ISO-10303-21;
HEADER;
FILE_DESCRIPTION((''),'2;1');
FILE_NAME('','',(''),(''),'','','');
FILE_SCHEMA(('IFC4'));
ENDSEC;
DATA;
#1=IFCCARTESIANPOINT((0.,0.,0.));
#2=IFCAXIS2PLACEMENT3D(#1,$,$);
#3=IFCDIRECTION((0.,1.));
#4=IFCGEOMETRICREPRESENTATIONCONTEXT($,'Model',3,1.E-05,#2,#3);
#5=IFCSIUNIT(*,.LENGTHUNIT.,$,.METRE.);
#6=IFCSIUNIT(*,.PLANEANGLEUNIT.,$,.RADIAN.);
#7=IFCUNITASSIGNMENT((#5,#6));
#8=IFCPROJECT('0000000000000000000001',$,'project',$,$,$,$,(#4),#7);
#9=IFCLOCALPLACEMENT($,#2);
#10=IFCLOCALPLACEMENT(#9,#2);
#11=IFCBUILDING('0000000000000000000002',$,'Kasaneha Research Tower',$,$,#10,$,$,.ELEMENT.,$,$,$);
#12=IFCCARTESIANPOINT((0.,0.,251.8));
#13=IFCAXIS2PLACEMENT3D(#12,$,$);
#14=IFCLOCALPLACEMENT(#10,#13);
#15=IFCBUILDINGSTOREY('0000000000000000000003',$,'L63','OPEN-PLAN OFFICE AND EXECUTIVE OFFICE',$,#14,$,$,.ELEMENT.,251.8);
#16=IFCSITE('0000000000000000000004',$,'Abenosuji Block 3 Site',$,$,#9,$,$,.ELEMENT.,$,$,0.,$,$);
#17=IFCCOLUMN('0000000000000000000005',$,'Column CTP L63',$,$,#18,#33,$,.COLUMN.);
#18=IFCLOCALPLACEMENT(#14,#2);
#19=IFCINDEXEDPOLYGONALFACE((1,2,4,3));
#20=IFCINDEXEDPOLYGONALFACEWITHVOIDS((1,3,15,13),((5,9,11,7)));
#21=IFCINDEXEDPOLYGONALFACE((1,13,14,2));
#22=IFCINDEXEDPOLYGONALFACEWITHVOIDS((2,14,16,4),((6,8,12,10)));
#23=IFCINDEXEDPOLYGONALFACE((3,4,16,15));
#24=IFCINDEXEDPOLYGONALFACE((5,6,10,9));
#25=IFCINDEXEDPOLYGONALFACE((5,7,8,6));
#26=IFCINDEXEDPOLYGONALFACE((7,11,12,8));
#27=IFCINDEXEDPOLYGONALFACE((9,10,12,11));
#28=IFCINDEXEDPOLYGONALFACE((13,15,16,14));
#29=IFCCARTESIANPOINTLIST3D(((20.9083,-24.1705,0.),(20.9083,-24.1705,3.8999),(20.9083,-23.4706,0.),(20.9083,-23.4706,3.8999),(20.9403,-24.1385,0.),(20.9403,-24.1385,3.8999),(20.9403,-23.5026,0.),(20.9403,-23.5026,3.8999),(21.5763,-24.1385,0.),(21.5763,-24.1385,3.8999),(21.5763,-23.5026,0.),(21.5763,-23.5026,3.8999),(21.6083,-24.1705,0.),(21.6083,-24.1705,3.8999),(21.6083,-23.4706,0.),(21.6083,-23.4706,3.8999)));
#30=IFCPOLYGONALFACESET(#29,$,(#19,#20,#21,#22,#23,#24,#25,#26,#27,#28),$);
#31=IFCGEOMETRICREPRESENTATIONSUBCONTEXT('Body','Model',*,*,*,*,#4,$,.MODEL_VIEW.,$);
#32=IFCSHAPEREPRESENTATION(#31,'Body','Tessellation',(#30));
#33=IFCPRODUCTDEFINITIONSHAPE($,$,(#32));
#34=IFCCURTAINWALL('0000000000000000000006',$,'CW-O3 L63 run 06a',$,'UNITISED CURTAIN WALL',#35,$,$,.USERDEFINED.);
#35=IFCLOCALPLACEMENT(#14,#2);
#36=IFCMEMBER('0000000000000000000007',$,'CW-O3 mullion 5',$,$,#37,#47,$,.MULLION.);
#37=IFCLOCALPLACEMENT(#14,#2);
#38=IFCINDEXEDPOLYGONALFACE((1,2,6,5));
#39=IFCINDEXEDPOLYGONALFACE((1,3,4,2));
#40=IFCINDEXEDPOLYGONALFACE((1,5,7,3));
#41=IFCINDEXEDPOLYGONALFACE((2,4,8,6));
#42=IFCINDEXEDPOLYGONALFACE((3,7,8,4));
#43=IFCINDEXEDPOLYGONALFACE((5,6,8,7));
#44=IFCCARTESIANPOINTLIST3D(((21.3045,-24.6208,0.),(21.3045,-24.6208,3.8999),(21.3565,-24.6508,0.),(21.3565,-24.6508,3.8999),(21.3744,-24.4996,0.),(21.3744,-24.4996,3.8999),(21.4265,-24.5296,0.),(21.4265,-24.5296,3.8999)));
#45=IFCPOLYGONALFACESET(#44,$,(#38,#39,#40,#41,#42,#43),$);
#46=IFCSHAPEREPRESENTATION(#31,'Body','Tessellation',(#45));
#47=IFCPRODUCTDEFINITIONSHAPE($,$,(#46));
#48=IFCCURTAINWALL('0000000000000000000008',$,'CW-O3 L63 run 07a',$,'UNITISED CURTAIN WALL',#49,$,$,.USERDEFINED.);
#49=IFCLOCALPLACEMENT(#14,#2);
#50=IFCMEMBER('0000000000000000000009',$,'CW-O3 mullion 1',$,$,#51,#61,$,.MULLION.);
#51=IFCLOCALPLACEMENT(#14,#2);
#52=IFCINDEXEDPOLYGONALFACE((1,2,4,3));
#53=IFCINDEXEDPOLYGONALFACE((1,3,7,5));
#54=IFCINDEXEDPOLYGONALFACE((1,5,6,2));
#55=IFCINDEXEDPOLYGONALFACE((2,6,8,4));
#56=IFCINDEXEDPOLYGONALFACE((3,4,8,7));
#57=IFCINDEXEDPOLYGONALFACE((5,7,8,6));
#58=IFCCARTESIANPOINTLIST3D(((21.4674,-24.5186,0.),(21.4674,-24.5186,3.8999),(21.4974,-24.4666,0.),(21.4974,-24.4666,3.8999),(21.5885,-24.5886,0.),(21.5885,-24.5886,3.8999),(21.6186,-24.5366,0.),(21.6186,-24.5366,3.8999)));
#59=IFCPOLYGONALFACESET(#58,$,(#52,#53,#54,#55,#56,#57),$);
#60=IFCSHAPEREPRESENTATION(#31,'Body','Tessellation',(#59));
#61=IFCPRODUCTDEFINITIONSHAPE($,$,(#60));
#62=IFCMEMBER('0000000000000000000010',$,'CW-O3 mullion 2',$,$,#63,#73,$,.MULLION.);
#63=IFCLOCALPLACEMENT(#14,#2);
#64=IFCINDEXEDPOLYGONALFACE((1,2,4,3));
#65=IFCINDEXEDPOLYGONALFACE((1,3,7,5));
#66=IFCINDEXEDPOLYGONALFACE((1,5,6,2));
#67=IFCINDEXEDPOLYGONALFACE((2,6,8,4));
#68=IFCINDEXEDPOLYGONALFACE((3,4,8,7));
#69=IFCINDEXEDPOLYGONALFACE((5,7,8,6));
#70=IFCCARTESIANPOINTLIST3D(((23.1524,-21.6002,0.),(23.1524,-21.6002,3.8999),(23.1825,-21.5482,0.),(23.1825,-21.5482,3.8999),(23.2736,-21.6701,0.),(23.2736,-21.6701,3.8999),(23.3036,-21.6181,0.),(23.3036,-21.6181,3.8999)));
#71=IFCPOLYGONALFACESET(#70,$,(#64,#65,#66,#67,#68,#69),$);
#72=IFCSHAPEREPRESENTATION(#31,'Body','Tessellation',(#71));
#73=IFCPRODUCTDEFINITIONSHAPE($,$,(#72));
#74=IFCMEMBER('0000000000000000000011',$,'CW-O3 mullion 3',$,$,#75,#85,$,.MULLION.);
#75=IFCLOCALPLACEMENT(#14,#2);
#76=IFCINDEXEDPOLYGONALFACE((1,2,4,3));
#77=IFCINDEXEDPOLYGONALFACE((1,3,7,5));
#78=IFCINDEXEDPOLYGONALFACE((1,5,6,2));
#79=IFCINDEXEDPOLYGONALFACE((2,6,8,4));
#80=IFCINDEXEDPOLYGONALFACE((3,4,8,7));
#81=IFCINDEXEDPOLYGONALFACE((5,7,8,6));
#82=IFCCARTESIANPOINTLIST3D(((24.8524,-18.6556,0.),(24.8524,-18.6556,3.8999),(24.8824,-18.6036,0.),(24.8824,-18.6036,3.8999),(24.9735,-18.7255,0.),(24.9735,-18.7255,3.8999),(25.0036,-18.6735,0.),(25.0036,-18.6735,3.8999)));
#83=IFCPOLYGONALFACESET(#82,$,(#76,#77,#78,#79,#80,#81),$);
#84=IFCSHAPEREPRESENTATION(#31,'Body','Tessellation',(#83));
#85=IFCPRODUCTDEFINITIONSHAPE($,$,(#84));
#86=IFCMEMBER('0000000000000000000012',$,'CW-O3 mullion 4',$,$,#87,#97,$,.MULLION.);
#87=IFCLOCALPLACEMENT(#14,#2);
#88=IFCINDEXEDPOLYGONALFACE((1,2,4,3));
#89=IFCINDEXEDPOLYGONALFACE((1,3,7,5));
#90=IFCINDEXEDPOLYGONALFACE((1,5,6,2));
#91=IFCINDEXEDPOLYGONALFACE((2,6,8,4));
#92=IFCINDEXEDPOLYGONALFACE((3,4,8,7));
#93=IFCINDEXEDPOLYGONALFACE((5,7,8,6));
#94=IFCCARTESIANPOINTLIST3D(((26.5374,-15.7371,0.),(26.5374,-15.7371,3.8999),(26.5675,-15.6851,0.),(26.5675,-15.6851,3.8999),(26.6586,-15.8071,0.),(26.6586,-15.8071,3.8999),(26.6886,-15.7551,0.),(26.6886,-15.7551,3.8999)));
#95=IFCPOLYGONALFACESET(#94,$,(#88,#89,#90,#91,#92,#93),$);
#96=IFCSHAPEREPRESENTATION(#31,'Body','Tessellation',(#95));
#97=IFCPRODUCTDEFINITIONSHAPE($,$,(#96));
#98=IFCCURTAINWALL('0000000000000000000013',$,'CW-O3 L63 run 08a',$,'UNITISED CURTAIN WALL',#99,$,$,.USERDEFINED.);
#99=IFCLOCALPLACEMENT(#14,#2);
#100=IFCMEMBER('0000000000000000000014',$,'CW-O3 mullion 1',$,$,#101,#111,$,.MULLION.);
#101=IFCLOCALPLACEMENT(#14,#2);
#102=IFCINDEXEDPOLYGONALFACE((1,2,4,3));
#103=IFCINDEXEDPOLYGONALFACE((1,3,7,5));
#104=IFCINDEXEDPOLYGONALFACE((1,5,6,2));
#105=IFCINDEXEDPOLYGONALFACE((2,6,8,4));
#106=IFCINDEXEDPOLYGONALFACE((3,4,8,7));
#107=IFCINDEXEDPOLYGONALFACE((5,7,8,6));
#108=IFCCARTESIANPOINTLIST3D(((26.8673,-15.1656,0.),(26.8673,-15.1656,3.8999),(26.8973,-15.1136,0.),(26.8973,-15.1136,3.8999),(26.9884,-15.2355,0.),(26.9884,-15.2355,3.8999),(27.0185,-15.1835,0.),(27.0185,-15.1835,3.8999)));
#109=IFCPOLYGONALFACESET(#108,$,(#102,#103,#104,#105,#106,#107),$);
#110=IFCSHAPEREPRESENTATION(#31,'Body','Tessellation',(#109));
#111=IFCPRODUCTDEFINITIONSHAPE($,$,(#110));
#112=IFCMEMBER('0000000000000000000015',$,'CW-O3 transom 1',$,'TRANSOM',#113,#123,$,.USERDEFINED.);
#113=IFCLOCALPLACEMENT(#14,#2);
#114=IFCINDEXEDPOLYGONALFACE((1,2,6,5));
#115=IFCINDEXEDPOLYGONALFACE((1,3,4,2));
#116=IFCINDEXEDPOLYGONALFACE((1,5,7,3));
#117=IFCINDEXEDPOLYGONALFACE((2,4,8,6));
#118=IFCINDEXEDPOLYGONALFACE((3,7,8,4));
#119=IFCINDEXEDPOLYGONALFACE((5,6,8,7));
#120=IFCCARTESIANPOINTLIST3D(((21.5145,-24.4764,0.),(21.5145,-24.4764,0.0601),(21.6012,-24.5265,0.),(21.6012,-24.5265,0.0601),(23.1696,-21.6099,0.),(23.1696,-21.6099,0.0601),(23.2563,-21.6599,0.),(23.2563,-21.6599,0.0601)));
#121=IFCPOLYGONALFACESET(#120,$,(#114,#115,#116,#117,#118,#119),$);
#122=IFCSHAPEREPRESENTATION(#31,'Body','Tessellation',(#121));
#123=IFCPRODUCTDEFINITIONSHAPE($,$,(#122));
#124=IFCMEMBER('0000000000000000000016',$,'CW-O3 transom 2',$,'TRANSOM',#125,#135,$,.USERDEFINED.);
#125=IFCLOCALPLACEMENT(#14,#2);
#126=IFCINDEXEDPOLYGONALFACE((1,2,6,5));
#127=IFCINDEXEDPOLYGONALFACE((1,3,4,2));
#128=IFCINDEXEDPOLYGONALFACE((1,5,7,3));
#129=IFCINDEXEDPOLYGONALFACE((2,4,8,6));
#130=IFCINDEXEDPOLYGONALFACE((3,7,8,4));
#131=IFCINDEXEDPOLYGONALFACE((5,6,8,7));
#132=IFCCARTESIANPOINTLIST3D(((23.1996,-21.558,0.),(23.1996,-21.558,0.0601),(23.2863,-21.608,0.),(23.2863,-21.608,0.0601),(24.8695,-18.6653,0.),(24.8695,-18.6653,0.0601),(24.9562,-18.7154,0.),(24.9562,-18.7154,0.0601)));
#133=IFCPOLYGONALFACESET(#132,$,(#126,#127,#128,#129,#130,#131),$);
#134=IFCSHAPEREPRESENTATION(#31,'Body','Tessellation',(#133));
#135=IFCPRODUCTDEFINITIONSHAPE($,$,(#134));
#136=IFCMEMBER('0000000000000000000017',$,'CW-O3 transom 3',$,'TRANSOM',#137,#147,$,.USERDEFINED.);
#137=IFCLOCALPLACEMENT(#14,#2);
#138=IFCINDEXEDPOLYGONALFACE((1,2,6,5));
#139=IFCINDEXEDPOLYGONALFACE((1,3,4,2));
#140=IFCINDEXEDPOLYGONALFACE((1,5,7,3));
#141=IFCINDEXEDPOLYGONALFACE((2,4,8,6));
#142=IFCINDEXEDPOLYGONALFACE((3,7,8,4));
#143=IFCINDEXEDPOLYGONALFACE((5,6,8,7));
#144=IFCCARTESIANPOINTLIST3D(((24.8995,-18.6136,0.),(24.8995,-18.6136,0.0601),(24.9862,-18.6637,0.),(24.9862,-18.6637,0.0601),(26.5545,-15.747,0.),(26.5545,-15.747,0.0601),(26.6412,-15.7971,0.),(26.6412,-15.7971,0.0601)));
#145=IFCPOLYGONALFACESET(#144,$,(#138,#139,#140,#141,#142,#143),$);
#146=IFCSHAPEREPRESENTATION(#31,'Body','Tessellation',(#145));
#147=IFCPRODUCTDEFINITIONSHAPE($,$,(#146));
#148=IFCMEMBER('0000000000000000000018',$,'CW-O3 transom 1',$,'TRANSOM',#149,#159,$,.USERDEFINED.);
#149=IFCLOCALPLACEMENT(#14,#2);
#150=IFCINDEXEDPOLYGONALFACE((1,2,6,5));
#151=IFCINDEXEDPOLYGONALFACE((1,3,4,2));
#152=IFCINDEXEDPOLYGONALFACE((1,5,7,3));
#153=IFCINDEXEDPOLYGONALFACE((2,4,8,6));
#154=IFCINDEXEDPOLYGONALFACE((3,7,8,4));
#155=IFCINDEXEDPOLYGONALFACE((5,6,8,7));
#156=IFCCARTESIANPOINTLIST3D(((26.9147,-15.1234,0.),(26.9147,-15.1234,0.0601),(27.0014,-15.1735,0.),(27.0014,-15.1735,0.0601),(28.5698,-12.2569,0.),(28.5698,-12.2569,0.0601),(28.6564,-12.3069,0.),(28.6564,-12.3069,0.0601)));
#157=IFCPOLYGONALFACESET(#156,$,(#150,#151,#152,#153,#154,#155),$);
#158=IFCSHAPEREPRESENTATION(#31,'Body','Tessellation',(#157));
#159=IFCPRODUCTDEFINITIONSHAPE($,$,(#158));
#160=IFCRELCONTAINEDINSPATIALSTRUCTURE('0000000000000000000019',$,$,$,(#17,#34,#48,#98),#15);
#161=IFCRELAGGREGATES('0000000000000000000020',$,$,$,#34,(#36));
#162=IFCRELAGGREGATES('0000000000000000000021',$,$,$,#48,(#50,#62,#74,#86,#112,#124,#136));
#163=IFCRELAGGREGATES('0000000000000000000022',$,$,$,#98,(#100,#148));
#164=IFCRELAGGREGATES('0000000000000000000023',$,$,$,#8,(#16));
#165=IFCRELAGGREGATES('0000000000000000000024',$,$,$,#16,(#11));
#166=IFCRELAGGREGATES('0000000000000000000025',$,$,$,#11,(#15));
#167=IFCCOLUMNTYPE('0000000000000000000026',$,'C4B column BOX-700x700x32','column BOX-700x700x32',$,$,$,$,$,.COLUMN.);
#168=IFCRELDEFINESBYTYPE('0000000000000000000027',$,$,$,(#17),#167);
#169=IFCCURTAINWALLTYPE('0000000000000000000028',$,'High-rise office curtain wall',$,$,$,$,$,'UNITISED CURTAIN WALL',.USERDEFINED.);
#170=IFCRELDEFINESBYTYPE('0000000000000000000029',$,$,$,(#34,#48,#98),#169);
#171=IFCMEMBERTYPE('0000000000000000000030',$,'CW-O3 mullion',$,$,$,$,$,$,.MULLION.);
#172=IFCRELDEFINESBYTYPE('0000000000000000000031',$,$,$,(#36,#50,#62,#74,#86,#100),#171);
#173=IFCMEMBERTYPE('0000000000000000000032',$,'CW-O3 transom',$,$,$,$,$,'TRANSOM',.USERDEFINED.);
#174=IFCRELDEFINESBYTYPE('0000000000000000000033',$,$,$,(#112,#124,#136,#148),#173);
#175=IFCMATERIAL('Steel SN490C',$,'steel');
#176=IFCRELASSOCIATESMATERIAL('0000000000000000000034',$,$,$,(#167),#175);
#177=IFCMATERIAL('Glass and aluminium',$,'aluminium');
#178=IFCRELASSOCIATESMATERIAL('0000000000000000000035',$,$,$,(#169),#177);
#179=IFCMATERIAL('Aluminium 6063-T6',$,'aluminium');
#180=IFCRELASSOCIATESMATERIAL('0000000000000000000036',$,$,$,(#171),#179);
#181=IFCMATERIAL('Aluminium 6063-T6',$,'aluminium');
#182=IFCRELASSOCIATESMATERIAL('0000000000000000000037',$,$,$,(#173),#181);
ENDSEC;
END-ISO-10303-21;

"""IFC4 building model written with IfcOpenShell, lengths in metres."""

from ifc_helpers import new_model, si_unit, direction, frame, origin, origin_2d, place, context, subcontext, project, spatial, rectangle, hollow_rectangle, extrude, material, material_profile, profile_set, type_object, element, aggregate, save


model = new_model("IFC4")

# Units and contexts
model_context = context("Model", 3, precision=1e-05, world=origin(), true_north=direction((0.0, 1.0)))
body_context = subcontext(model_context, "Body", "Model", "MODEL_VIEW")
ifc_project = project(units=[si_unit("LENGTHUNIT", "METRE"), si_unit("PLANEANGLEUNIT", "RADIAN")], contexts=[model_context])

# Site, building, storey
site_placement = place(None, origin())
site = spatial("IfcSite", under=ifc_project, at=site_placement, Name="Abenosuji Block 3 Site", CompositionType="ELEMENT", RefElevation=0.0)
building_placement = place(site_placement, origin())
building = spatial("IfcBuilding", under=site, at=building_placement, Name="Kasaneha Research Tower", CompositionType="ELEMENT")
storey_placement = place(building_placement, frame((0.0, 0.0, 251.8)))
storey = spatial("IfcBuildingStorey", under=building, at=storey_placement, Name="L63", Description="OPEN-PLAN OFFICE AND EXECUTIVE OFFICE", CompositionType="ELEMENT", Elevation=251.8)

# Column
ifc_material_1 = material(Name="Steel SN490C", Category="steel")
ifc_material_profile_1 = material_profile(ifc_material_1, hollow_rectangle(XDim=0.7, YDim=0.7, WallThickness=0.032, at=origin_2d()), Name="BOX-700x700x32")
ifc_profile_set_1 = profile_set([ifc_material_profile_1], Name="Steel SN490C")
column_type = type_object("IfcColumnType", Name="C4B column BOX-700x700x32", Description="column BOX-700x700x32", PredefinedType="COLUMN", material=ifc_profile_set_1)
column_placement = place(storey_placement, frame((21.2583, -23.8206, 0.0), z_axis=(0.0, 0.0, 1.0), x_axis=(1.0, 0.0, 0.0)))
element("IfcColumn", 1, at=column_placement, inside=storey, type_object=column_type, Name="Column CTP L63", PredefinedType="COLUMN", context=body_context, shape_type="SweptSolid", body=[
    extrude(hollow_rectangle(XDim=0.7, YDim=0.7, WallThickness=0.032, at=origin_2d()), origin(), (0.0, 0.0, 1.0), 3.8999),
])

# Curtain wall, member
ifc_material_2 = material(Name="Glass and aluminium", Category="aluminium")
curtain_wall_type = type_object("IfcCurtainWallType", Name="High-rise office curtain wall", ElementType="UNITISED CURTAIN WALL", PredefinedType="USERDEFINED", material=ifc_material_2)
curtain_wall_1_placement = place(storey_placement, origin())
curtain_wall_1 = element("IfcCurtainWall", 2, at=curtain_wall_1_placement, inside=storey, type_object=curtain_wall_type, Name="CW-O3 L63 run 06a", ObjectType="UNITISED CURTAIN WALL", PredefinedType="USERDEFINED")
ifc_material_3 = material(Name="Aluminium 6063-T6", Category="aluminium")
ifc_material_profile_2 = material_profile(ifc_material_3, rectangle(XDim=0.0601, YDim=0.1399, at=origin_2d()), Name="CW-O3 mullion 60x140")
ifc_profile_set_2 = profile_set([ifc_material_profile_2], Name="Aluminium 6063-T6")
member_type_1 = type_object("IfcMemberType", Name="CW-O3 mullion", PredefinedType="MULLION", material=ifc_profile_set_2)
member_1_placement = place(storey_placement, frame((21.3655, -24.5752, 0.0), z_axis=(0.0, 0.0, 1.0), x_axis=(0.866025, -0.5, 0.0)))
member_1 = element("IfcMember", 3, at=member_1_placement, type_object=member_type_1, Name="CW-O3 mullion 5", PredefinedType="MULLION", context=body_context, shape_type="SweptSolid", body=[
    extrude(rectangle(XDim=0.0601, YDim=0.1399, at=origin_2d()), origin(), (0.0, 0.0, 1.0), 3.8999),
])

# Curtain wall, members
curtain_wall_2_placement = place(storey_placement, origin())
curtain_wall_2 = element("IfcCurtainWall", 4, at=curtain_wall_2_placement, inside=storey, type_object=curtain_wall_type, Name="CW-O3 L63 run 07a", ObjectType="UNITISED CURTAIN WALL", PredefinedType="USERDEFINED")
member_2_placement = place(storey_placement, frame((21.543, -24.5276, 0.0), z_axis=(0.0, 0.0, 1.0), x_axis=(0.5, 0.866025, 0.0)))
member_2 = element("IfcMember", 5, at=member_2_placement, type_object=member_type_1, Name="CW-O3 mullion 1", PredefinedType="MULLION", context=body_context, shape_type="SweptSolid", body=[
    extrude(rectangle(XDim=0.0601, YDim=0.1399, at=origin_2d()), origin(), (0.0, 0.0, 1.0), 3.8999),
])
member_3_placement = place(storey_placement, frame((23.228, -21.6091, 0.0), z_axis=(0.0, 0.0, 1.0), x_axis=(0.5, 0.866025, 0.0)))
member_3 = element("IfcMember", 6, at=member_3_placement, type_object=member_type_1, Name="CW-O3 mullion 2", PredefinedType="MULLION", context=body_context, shape_type="SweptSolid", body=[
    extrude(rectangle(XDim=0.0601, YDim=0.1399, at=origin_2d()), origin(), (0.0, 0.0, 1.0), 3.8999),
])
member_4_placement = place(storey_placement, frame((24.928, -18.6646, 0.0), z_axis=(0.0, 0.0, 1.0), x_axis=(0.5, 0.866025, 0.0)))
member_4 = element("IfcMember", 7, at=member_4_placement, type_object=member_type_1, Name="CW-O3 mullion 3", PredefinedType="MULLION", context=body_context, shape_type="SweptSolid", body=[
    extrude(rectangle(XDim=0.0601, YDim=0.1399, at=origin_2d()), origin(), (0.0, 0.0, 1.0), 3.8999),
])
member_5_placement = place(storey_placement, frame((26.613, -15.7461, 0.0), z_axis=(0.0, 0.0, 1.0), x_axis=(0.5, 0.866025, 0.0)))
member_5 = element("IfcMember", 8, at=member_5_placement, type_object=member_type_1, Name="CW-O3 mullion 4", PredefinedType="MULLION", context=body_context, shape_type="SweptSolid", body=[
    extrude(rectangle(XDim=0.0601, YDim=0.1399, at=origin_2d()), origin(), (0.0, 0.0, 1.0), 3.8999),
])

# Curtain wall, member
curtain_wall_3_placement = place(storey_placement, origin())
curtain_wall_3 = element("IfcCurtainWall", 9, at=curtain_wall_3_placement, inside=storey, type_object=curtain_wall_type, Name="CW-O3 L63 run 08a", ObjectType="UNITISED CURTAIN WALL", PredefinedType="USERDEFINED")
member_6_placement = place(storey_placement, frame((26.9429, -15.1746, 0.0), z_axis=(0.0, 0.0, 1.0), x_axis=(0.5, 0.866025, 0.0)))
member_6 = element("IfcMember", 10, at=member_6_placement, type_object=member_type_1, Name="CW-O3 mullion 1", PredefinedType="MULLION", context=body_context, shape_type="SweptSolid", body=[
    extrude(rectangle(XDim=0.0601, YDim=0.1399, at=origin_2d()), origin(), (0.0, 0.0, 1.0), 3.8999),
])

# Members
ifc_material_4 = material(Name="Aluminium 6063-T6", Category="aluminium")
ifc_material_profile_3 = material_profile(ifc_material_4, rectangle(XDim=0.1001, YDim=0.0601, at=origin_2d()), Name="CW-O3 transom 100x60")
ifc_profile_set_3 = profile_set([ifc_material_profile_3], Name="Aluminium 6063-T6")
member_type_2 = type_object("IfcMemberType", Name="CW-O3 transom", ElementType="TRANSOM", PredefinedType="USERDEFINED", material=ifc_profile_set_3)
member_7_placement = place(storey_placement, frame((21.5579, -24.5015, 0.03), z_axis=(0.500018, 0.866015, 0.0), x_axis=(-0.866015, 0.500018, 0.0)))
member_7 = element("IfcMember", 11, at=member_7_placement, type_object=member_type_2, Name="CW-O3 transom 1", ObjectType="TRANSOM", PredefinedType="USERDEFINED", context=body_context, shape_type="SweptSolid", body=[
    extrude(rectangle(XDim=0.1001, YDim=0.0601, at=origin_2d()), origin(), (0.0, 0.0, 1.0), 3.3101),
])
member_8_placement = place(storey_placement, frame((23.2429, -21.583, 0.03), z_axis=(0.499976, 0.86604, 0.0), x_axis=(-0.86604, 0.499976, 0.0)))
member_8 = element("IfcMember", 12, at=member_8_placement, type_object=member_type_2, Name="CW-O3 transom 2", ObjectType="TRANSOM", PredefinedType="USERDEFINED", context=body_context, shape_type="SweptSolid", body=[
    extrude(rectangle(XDim=0.1001, YDim=0.0601, at=origin_2d()), origin(), (0.0, 0.0, 1.0), 3.3401),
])
member_9_placement = place(storey_placement, frame((24.9429, -18.6387, 0.03), z_axis=(0.499986, 0.866033, 0.0), x_axis=(-0.866033, 0.499986, 0.0)))
member_9 = element("IfcMember", 13, at=member_9_placement, type_object=member_type_2, Name="CW-O3 transom 3", ObjectType="TRANSOM", PredefinedType="USERDEFINED", context=body_context, shape_type="SweptSolid", body=[
    extrude(rectangle(XDim=0.1001, YDim=0.0601, at=origin_2d()), origin(), (0.0, 0.0, 1.0), 3.3101),
])
member_10_placement = place(storey_placement, frame((26.958, -15.1484, 0.03), z_axis=(0.500018, 0.866015, 0.0), x_axis=(-0.866015, 0.500018, 0.0)))
member_10 = element("IfcMember", 14, at=member_10_placement, type_object=member_type_2, Name="CW-O3 transom 1", ObjectType="TRANSOM", PredefinedType="USERDEFINED", context=body_context, shape_type="SweptSolid", body=[
    extrude(rectangle(XDim=0.1001, YDim=0.0601, at=origin_2d()), origin(), (0.0, 0.0, 1.0), 3.3101),
])

aggregate(curtain_wall_1, [member_1])
aggregate(curtain_wall_2, [member_2, member_3, member_4, member_5, member_7, member_8, member_9])
aggregate(curtain_wall_3, [member_6, member_10])

save(model, "model.ifc")
